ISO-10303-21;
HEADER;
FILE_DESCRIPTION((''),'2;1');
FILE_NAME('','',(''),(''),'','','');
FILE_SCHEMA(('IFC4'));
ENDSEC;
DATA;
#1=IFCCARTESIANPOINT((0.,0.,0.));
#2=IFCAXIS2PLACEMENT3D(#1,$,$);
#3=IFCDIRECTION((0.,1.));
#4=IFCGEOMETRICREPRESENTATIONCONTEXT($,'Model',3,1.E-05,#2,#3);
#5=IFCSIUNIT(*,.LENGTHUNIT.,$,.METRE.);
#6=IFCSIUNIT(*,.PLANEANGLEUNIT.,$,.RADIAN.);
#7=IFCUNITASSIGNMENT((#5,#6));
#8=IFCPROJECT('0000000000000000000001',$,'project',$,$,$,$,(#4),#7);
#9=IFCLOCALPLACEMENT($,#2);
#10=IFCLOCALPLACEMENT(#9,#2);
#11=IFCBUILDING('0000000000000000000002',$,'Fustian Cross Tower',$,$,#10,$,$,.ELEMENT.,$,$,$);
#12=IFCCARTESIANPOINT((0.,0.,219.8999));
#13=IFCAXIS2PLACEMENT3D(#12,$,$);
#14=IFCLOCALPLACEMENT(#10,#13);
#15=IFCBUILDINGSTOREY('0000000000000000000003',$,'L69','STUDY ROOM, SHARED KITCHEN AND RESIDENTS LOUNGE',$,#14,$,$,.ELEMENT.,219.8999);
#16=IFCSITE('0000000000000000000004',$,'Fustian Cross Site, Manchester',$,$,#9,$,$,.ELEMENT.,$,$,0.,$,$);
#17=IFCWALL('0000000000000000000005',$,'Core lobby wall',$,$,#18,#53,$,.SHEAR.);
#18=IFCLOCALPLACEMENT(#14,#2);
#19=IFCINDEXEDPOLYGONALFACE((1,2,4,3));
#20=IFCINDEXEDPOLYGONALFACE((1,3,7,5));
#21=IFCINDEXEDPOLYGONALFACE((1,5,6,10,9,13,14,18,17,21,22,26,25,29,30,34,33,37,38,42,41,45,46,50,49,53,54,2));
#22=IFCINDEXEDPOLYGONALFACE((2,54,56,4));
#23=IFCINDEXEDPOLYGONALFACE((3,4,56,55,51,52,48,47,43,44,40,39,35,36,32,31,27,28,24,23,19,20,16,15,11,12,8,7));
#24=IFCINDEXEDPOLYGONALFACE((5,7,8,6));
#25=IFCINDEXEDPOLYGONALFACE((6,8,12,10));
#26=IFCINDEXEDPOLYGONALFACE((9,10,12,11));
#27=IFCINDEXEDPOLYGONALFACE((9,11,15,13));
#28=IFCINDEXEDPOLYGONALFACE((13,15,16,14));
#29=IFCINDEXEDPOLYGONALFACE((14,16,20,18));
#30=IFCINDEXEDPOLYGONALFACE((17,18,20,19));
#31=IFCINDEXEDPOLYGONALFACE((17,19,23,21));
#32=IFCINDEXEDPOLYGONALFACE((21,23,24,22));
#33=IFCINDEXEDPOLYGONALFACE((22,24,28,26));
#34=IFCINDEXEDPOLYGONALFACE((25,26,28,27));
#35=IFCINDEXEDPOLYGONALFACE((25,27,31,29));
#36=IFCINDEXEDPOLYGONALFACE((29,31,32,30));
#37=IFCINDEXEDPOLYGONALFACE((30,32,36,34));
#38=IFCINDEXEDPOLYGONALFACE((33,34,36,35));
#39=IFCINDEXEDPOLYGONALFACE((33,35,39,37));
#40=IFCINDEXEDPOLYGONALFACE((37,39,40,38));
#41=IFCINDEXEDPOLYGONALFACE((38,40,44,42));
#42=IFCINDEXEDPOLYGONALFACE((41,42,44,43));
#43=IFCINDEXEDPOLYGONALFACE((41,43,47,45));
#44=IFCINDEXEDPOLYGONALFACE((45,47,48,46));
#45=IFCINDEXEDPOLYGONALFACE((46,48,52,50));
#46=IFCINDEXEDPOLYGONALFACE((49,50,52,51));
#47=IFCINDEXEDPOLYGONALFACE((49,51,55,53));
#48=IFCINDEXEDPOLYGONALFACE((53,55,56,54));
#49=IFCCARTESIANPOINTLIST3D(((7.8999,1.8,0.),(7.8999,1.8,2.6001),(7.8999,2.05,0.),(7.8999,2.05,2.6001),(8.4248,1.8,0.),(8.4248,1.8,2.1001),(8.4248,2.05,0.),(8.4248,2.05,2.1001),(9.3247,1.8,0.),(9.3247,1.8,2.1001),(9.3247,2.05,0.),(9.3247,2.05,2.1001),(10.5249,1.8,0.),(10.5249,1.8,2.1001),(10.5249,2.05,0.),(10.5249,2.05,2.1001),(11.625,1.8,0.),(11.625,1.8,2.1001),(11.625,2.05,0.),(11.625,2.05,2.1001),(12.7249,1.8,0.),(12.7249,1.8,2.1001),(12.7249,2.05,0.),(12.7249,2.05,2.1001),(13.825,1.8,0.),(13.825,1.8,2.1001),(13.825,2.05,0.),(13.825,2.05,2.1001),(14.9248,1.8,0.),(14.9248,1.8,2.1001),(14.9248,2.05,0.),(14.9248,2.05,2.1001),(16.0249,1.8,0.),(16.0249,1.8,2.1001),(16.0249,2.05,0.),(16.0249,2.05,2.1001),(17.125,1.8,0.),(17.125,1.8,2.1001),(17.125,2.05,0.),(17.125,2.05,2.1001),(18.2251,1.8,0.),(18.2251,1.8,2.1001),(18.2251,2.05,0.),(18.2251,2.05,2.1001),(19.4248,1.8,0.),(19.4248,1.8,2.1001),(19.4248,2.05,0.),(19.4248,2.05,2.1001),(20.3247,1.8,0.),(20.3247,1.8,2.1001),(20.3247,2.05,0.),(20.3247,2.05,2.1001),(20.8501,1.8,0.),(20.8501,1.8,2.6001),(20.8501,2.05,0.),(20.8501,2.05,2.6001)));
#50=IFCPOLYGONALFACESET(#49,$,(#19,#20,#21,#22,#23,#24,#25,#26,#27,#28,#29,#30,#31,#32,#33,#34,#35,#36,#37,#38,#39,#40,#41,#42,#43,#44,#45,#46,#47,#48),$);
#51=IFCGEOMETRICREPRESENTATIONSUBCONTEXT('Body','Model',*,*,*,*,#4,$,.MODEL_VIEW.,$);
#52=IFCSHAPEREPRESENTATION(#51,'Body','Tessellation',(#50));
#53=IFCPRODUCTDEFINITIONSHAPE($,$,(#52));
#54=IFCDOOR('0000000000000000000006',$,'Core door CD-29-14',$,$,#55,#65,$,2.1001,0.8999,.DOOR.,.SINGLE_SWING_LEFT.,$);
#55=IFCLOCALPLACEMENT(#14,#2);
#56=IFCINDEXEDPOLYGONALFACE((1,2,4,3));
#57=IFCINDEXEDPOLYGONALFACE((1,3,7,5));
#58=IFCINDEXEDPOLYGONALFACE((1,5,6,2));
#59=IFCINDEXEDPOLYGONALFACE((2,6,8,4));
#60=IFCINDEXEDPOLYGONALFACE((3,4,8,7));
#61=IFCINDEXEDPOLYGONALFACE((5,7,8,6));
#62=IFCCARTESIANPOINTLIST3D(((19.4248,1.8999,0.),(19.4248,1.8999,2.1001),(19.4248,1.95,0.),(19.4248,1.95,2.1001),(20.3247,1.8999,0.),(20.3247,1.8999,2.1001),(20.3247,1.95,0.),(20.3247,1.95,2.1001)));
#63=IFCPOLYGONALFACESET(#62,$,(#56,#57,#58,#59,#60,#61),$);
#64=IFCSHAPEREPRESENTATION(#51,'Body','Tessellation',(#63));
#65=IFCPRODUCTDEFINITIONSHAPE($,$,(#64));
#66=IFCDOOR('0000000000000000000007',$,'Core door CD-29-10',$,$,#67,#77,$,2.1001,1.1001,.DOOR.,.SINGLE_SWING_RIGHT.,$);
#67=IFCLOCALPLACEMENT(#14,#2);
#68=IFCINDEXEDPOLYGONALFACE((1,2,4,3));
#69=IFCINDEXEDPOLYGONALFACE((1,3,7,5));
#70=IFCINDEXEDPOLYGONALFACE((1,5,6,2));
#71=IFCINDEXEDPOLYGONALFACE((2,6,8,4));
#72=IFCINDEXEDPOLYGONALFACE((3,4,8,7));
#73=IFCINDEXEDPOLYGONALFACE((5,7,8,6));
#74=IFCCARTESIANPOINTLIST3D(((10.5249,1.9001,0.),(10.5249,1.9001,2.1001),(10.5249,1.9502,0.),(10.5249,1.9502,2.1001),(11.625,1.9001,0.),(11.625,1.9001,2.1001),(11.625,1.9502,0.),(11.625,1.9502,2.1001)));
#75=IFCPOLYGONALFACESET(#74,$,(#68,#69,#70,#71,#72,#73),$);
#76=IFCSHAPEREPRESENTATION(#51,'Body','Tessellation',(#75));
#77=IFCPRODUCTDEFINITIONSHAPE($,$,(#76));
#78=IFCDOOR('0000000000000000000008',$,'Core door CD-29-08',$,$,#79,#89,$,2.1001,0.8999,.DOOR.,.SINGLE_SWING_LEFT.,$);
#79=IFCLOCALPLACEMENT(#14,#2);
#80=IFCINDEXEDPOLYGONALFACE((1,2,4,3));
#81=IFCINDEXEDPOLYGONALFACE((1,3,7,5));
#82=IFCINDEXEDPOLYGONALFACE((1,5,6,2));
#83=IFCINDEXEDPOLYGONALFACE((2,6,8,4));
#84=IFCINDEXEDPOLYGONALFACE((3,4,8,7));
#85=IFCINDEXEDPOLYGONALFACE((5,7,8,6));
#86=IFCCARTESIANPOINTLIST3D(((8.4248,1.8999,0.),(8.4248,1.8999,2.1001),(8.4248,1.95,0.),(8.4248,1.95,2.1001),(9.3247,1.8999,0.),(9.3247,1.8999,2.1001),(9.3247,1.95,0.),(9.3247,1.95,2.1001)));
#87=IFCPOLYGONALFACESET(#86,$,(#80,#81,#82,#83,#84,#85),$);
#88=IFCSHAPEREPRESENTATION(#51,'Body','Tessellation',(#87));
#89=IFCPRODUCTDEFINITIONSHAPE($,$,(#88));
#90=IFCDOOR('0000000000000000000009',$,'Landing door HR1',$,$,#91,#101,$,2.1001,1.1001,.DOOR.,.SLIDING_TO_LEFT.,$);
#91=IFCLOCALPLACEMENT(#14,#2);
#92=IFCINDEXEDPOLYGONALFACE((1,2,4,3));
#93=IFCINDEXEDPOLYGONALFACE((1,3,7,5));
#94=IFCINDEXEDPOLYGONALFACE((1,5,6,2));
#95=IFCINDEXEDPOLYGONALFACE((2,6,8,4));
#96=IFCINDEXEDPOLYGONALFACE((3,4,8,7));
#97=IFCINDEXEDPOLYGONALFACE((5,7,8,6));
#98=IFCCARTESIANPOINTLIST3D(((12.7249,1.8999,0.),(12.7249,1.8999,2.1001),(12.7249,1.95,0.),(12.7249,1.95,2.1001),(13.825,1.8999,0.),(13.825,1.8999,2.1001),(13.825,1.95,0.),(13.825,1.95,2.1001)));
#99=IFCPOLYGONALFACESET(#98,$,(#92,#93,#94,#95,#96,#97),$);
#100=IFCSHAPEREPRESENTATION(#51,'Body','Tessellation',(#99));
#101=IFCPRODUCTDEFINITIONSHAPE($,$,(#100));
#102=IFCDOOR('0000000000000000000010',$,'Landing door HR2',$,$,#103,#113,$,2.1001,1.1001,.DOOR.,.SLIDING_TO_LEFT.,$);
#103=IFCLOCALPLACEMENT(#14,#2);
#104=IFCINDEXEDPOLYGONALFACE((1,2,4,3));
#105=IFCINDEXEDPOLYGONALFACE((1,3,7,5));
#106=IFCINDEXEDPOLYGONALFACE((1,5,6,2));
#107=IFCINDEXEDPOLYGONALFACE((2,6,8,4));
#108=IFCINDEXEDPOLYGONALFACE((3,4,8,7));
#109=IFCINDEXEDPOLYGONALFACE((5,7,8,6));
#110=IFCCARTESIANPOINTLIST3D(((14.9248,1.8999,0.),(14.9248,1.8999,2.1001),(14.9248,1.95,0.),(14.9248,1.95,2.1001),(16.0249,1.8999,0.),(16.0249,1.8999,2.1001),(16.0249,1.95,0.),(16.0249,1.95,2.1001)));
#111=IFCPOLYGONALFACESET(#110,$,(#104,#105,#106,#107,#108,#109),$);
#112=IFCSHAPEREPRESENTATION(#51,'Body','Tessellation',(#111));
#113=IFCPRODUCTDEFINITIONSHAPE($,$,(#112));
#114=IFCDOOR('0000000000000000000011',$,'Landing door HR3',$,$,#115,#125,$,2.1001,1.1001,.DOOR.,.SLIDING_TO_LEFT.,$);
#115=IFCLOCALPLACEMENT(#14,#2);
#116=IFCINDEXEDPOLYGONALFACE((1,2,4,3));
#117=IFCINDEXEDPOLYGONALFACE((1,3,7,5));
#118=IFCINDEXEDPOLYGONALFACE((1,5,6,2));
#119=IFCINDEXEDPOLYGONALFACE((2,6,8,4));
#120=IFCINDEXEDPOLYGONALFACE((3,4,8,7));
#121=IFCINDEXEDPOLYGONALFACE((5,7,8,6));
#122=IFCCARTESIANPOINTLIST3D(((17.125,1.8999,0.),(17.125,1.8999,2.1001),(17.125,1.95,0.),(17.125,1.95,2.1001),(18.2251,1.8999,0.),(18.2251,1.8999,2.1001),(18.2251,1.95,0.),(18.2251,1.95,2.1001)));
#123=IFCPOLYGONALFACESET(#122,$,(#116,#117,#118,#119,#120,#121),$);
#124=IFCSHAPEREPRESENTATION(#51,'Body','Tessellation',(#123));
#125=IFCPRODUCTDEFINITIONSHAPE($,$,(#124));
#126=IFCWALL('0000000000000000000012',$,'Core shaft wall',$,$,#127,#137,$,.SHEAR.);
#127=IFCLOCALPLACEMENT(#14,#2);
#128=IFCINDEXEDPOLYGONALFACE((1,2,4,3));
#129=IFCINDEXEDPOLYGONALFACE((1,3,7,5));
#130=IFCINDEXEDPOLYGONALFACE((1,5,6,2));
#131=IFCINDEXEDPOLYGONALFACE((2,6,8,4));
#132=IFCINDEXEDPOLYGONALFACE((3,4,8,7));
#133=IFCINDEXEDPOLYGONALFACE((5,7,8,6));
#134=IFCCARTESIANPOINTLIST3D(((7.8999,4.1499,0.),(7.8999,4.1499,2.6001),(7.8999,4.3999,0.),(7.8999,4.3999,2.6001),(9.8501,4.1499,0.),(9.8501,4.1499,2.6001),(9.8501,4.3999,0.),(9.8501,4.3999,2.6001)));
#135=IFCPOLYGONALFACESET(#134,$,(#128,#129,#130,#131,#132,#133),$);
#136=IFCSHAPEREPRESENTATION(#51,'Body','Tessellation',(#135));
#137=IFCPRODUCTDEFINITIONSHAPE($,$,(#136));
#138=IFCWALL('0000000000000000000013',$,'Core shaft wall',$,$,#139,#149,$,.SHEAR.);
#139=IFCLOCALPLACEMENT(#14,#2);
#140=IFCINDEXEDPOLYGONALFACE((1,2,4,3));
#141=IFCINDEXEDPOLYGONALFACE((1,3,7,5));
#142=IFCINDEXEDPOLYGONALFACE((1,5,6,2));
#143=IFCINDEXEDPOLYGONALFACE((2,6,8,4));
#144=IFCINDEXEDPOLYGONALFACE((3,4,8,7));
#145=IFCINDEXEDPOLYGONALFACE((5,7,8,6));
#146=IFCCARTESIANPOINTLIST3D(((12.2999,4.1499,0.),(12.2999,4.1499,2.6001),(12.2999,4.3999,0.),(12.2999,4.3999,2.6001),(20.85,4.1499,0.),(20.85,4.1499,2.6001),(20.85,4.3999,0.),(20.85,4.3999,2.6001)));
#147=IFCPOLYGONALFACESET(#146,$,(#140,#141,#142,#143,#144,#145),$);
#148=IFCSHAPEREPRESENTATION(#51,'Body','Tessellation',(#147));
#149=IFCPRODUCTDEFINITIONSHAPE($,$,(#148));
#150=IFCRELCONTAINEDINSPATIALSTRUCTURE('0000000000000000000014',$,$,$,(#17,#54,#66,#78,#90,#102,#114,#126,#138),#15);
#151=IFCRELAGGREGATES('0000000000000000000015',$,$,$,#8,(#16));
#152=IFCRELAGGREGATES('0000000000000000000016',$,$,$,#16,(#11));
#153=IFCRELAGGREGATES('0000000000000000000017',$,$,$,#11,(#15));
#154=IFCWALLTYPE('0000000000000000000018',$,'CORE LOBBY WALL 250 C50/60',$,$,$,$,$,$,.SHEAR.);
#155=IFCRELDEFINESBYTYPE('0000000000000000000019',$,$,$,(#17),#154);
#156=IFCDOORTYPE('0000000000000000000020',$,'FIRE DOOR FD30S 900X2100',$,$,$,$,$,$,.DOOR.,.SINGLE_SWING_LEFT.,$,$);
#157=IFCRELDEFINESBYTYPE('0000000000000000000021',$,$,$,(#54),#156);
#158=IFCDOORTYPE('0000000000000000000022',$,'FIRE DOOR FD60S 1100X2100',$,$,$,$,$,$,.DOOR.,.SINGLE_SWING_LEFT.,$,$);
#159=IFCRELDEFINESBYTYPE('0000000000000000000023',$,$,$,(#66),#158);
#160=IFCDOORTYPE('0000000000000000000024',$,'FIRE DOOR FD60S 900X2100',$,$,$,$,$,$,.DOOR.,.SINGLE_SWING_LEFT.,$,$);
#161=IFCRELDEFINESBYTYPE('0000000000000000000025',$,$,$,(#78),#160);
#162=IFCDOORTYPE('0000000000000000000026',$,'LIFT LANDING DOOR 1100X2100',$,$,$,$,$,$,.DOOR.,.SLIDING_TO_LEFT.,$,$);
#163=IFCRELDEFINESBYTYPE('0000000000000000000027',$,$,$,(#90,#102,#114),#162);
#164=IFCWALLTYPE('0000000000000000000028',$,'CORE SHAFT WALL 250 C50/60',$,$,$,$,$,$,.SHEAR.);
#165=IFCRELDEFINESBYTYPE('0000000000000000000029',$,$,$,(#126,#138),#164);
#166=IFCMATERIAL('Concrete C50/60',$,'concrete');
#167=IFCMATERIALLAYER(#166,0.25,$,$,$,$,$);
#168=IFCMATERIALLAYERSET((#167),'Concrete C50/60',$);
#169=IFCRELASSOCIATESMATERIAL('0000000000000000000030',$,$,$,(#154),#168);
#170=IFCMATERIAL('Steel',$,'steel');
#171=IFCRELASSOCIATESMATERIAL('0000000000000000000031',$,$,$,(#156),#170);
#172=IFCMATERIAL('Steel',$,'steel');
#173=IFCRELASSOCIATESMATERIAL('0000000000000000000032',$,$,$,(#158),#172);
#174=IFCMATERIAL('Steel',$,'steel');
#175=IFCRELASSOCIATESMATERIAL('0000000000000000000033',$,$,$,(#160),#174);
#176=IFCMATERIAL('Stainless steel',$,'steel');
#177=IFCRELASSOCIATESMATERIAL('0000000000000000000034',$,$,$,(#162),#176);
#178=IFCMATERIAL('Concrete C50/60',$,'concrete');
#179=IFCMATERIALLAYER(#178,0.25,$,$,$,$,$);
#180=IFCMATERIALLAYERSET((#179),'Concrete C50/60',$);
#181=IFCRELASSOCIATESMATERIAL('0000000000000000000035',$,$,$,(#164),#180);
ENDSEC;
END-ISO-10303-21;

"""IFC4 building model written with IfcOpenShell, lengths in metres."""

from ifc_helpers import new_model, si_unit, direction, frame, frame_2d, origin, place, context, subcontext, project, spatial, rectangle, extrude, material, layer, layer_set, type_object, element, fill, save


model = new_model("IFC4")

# Units and contexts
model_context = context("Model", 3, precision=1e-05, world=origin(), true_north=direction((0.0, 1.0)))
body_context = subcontext(model_context, "Body", "Model", "MODEL_VIEW")
ifc_project = project(units=[si_unit("LENGTHUNIT", "METRE"), si_unit("PLANEANGLEUNIT", "RADIAN")], contexts=[model_context])

# Site, building, storey
site_placement = place(None, origin())
site = spatial("IfcSite", under=ifc_project, at=site_placement, Name="Fustian Cross Site, Manchester", CompositionType="ELEMENT", RefElevation=0.0)
building_placement = place(site_placement, origin())
building = spatial("IfcBuilding", under=site, at=building_placement, Name="Fustian Cross Tower", CompositionType="ELEMENT")
storey_placement = place(building_placement, frame((0.0, 0.0, 219.8999)))
storey = spatial("IfcBuildingStorey", under=building, at=storey_placement, Name="L69", Description="STUDY ROOM, SHARED KITCHEN AND RESIDENTS LOUNGE", CompositionType="ELEMENT", Elevation=219.8999)

# Wall, openings, doors
ifc_material_1 = material(Name="Concrete C50/60", Category="concrete")
ifc_layer_1 = layer(ifc_material_1, 0.25)
ifc_layer_set_1 = layer_set([ifc_layer_1], Name="Concrete C50/60")
wall_type_1 = type_object("IfcWallType", Name="CORE LOBBY WALL 250 C50/60", PredefinedType="SHEAR", material=ifc_layer_set_1)
wall_1_placement = place(storey_placement, frame((7.8999, 1.925, 0.0), z_axis=(0.0, 0.0, 1.0), x_axis=(1.0, 0.0, 0.0)))
wall_1 = element("IfcWall", 1, at=wall_1_placement, inside=storey, type_object=wall_type_1, Name="Core lobby wall", PredefinedType="SHEAR", context=body_context, shape_type="SweptSolid", body=[
    extrude(rectangle(XDim=12.9502, YDim=0.25, at=frame_2d((6.4751, 0.0))), origin(), (0.0, 0.0, 1.0), 2.6001),
])
opening_1_placement = place(wall_1_placement, frame((4.825, 0.0, 0.0)))
opening_1 = element("IfcOpeningElement", 2, at=opening_1_placement, cuts=wall_1, PredefinedType="OPENING", context=body_context, shape_type="SweptSolid", body=[
    extrude(rectangle(XDim=1.1001, YDim=2.1001, at=frame_2d((0.55, 1.05))), frame((0.0, 0.135, 0.0), z_axis=(0.0, -1.0, 0.0), x_axis=(1.0, 0.0, 0.0)), (0.0, 0.0, 1.0), 0.27),
])
opening_2_placement = place(wall_1_placement, frame((7.0249, 0.0, 0.0)))
opening_2 = element("IfcOpeningElement", 3, at=opening_2_placement, cuts=wall_1, PredefinedType="OPENING", context=body_context, shape_type="SweptSolid", body=[
    extrude(rectangle(XDim=1.1001, YDim=2.1001, at=frame_2d((0.55, 1.05))), frame((0.0, 0.135, 0.0), z_axis=(0.0, -1.0, 0.0), x_axis=(1.0, 0.0, 0.0)), (0.0, 0.0, 1.0), 0.27),
])
opening_3_placement = place(wall_1_placement, frame((9.2251, 0.0, 0.0)))
opening_3 = element("IfcOpeningElement", 4, at=opening_3_placement, cuts=wall_1, PredefinedType="OPENING", context=body_context, shape_type="SweptSolid", body=[
    extrude(rectangle(XDim=1.1001, YDim=2.1001, at=frame_2d((0.55, 1.05))), frame((0.0, 0.135, 0.0), z_axis=(0.0, -1.0, 0.0), x_axis=(1.0, 0.0, 0.0)), (0.0, 0.0, 1.0), 0.27),
])
opening_4_placement = place(wall_1_placement, frame((0.5249, 0.0, 0.0)))
opening_4 = element("IfcOpeningElement", 5, at=opening_4_placement, cuts=wall_1, PredefinedType="OPENING", context=body_context, shape_type="SweptSolid", body=[
    extrude(rectangle(XDim=0.8999, YDim=2.1001, at=frame_2d((0.45, 1.05))), frame((0.0, 0.135, 0.0), z_axis=(0.0, -1.0, 0.0), x_axis=(1.0, 0.0, 0.0)), (0.0, 0.0, 1.0), 0.27),
])
opening_5_placement = place(wall_1_placement, frame((2.625, 0.0, 0.0)))
opening_5 = element("IfcOpeningElement", 6, at=opening_5_placement, cuts=wall_1, PredefinedType="OPENING", context=body_context, shape_type="SweptSolid", body=[
    extrude(rectangle(XDim=1.1001, YDim=2.1001, at=frame_2d((0.55, 1.05))), frame((0.0, 0.135, 0.0), z_axis=(0.0, -1.0, 0.0), x_axis=(1.0, 0.0, 0.0)), (0.0, 0.0, 1.0), 0.27),
])
opening_6_placement = place(wall_1_placement, frame((11.5249, 0.0, 0.0)))
opening_6 = element("IfcOpeningElement", 7, at=opening_6_placement, cuts=wall_1, PredefinedType="OPENING", context=body_context, shape_type="SweptSolid", body=[
    extrude(rectangle(XDim=0.8999, YDim=2.1001, at=frame_2d((0.45, 1.05))), frame((0.0, 0.135, 0.0), z_axis=(0.0, -1.0, 0.0), x_axis=(1.0, 0.0, 0.0)), (0.0, 0.0, 1.0), 0.27),
])
ifc_material_2 = material(Name="Steel", Category="steel")
door_type_1 = type_object("IfcDoorType", Name="FIRE DOOR FD30S 900X2100", OperationType="SINGLE_SWING_LEFT", PredefinedType="DOOR", material=ifc_material_2)
door_1_placement = place(opening_6_placement, origin())
door_1 = element("IfcDoor", 8, at=door_1_placement, inside=storey, type_object=door_type_1, Name="Core door CD-29-14", OperationType="SINGLE_SWING_LEFT", OverallHeight=2.1001, OverallWidth=0.8999, PredefinedType="DOOR", context=body_context, shape_type="SweptSolid", body=[
    extrude(rectangle(XDim=0.8999, YDim=2.1001, at=frame_2d((0.45, 1.05))), frame((0.0, 0.0249, 0.0), z_axis=(0.0, -1.0, 0.0), x_axis=(1.0, 0.0, 0.0)), (0.0, 0.0, 1.0), 0.05),
])
fill(opening_6, door_1)
ifc_material_3 = material(Name="Steel", Category="steel")
door_type_2 = type_object("IfcDoorType", Name="FIRE DOOR FD60S 1100X2100", OperationType="SINGLE_SWING_LEFT", PredefinedType="DOOR", material=ifc_material_3)
door_2_placement = place(opening_5_placement, frame((1.1001, 0.0, 0.0), z_axis=(0.0, 0.0, 1.0), x_axis=(-1.0, 0.0, 0.0)))
door_2 = element("IfcDoor", 9, at=door_2_placement, inside=storey, type_object=door_type_2, Name="Core door CD-29-10", OperationType="SINGLE_SWING_RIGHT", OverallHeight=2.1001, OverallWidth=1.1001, PredefinedType="DOOR", context=body_context, shape_type="SweptSolid", body=[
    extrude(rectangle(XDim=1.1001, YDim=2.1001, at=frame_2d((0.55, 1.05))), frame((0.0, 0.0249, 0.0), z_axis=(0.0, -1.0, 0.0), x_axis=(1.0, 0.0, 0.0)), (0.0, 0.0, 1.0), 0.05),
])
fill(opening_5, door_2)
ifc_material_4 = material(Name="Steel", Category="steel")
door_type_3 = type_object("IfcDoorType", Name="FIRE DOOR FD60S 900X2100", OperationType="SINGLE_SWING_LEFT", PredefinedType="DOOR", material=ifc_material_4)
door_3_placement = place(opening_4_placement, origin())
door_3 = element("IfcDoor", 10, at=door_3_placement, inside=storey, type_object=door_type_3, Name="Core door CD-29-08", OperationType="SINGLE_SWING_LEFT", OverallHeight=2.1001, OverallWidth=0.8999, PredefinedType="DOOR", context=body_context, shape_type="SweptSolid", body=[
    extrude(rectangle(XDim=0.8999, YDim=2.1001, at=frame_2d((0.45, 1.05))), frame((0.0, 0.0249, 0.0), z_axis=(0.0, -1.0, 0.0), x_axis=(1.0, 0.0, 0.0)), (0.0, 0.0, 1.0), 0.05),
])
fill(opening_4, door_3)
ifc_material_5 = material(Name="Stainless steel", Category="steel")
door_type_4 = type_object("IfcDoorType", Name="LIFT LANDING DOOR 1100X2100", OperationType="SLIDING_TO_LEFT", PredefinedType="DOOR", material=ifc_material_5)
door_4_placement = place(opening_1_placement, origin())
door_4 = element("IfcDoor", 11, at=door_4_placement, inside=storey, type_object=door_type_4, Name="Landing door HR1", OperationType="SLIDING_TO_LEFT", OverallHeight=2.1001, OverallWidth=1.1001, PredefinedType="DOOR", context=body_context, shape_type="SweptSolid", body=[
    extrude(rectangle(XDim=1.1001, YDim=2.1001, at=frame_2d((0.55, 1.05))), frame((0.0, 0.0249, 0.0), z_axis=(0.0, -1.0, 0.0), x_axis=(1.0, 0.0, 0.0)), (0.0, 0.0, 1.0), 0.05),
])
fill(opening_1, door_4)
door_5_placement = place(opening_2_placement, origin())
door_5 = element("IfcDoor", 12, at=door_5_placement, inside=storey, type_object=door_type_4, Name="Landing door HR2", OperationType="SLIDING_TO_LEFT", OverallHeight=2.1001, OverallWidth=1.1001, PredefinedType="DOOR", context=body_context, shape_type="SweptSolid", body=[
    extrude(rectangle(XDim=1.1001, YDim=2.1001, at=frame_2d((0.55, 1.05))), frame((0.0, 0.0249, 0.0), z_axis=(0.0, -1.0, 0.0), x_axis=(1.0, 0.0, 0.0)), (0.0, 0.0, 1.0), 0.05),
])
fill(opening_2, door_5)
door_6_placement = place(opening_3_placement, origin())
door_6 = element("IfcDoor", 13, at=door_6_placement, inside=storey, type_object=door_type_4, Name="Landing door HR3", OperationType="SLIDING_TO_LEFT", OverallHeight=2.1001, OverallWidth=1.1001, PredefinedType="DOOR", context=body_context, shape_type="SweptSolid", body=[
    extrude(rectangle(XDim=1.1001, YDim=2.1001, at=frame_2d((0.55, 1.05))), frame((0.0, 0.0249, 0.0), z_axis=(0.0, -1.0, 0.0), x_axis=(1.0, 0.0, 0.0)), (0.0, 0.0, 1.0), 0.05),
])
fill(opening_3, door_6)

# Walls
ifc_material_6 = material(Name="Concrete C50/60", Category="concrete")
ifc_layer_2 = layer(ifc_material_6, 0.25)
ifc_layer_set_2 = layer_set([ifc_layer_2], Name="Concrete C50/60")
wall_type_2 = type_object("IfcWallType", Name="CORE SHAFT WALL 250 C50/60", PredefinedType="SHEAR", material=ifc_layer_set_2)
wall_2_placement = place(storey_placement, frame((7.8999, 4.2749, 0.0), z_axis=(0.0, 0.0, 1.0), x_axis=(1.0, 0.0, 0.0)))
element("IfcWall", 14, at=wall_2_placement, inside=storey, type_object=wall_type_2, Name="Core shaft wall", PredefinedType="SHEAR", context=body_context, shape_type="SweptSolid", body=[
    extrude(rectangle(XDim=1.9502, YDim=0.25, at=frame_2d((0.9751, 0.0))), origin(), (0.0, 0.0, 1.0), 2.6001),
])
wall_3_placement = place(storey_placement, frame((12.3, 4.2749, 0.0), z_axis=(0.0, 0.0, 1.0), x_axis=(1.0, 0.0, 0.0)))
element("IfcWall", 15, at=wall_3_placement, inside=storey, type_object=wall_type_2, Name="Core shaft wall", PredefinedType="SHEAR", context=body_context, shape_type="SweptSolid", body=[
    extrude(rectangle(XDim=8.55, YDim=0.25, at=frame_2d((4.2749, 0.0))), origin(), (0.0, 0.0, 1.0), 2.6001),
])

save(model, "model.ifc")
